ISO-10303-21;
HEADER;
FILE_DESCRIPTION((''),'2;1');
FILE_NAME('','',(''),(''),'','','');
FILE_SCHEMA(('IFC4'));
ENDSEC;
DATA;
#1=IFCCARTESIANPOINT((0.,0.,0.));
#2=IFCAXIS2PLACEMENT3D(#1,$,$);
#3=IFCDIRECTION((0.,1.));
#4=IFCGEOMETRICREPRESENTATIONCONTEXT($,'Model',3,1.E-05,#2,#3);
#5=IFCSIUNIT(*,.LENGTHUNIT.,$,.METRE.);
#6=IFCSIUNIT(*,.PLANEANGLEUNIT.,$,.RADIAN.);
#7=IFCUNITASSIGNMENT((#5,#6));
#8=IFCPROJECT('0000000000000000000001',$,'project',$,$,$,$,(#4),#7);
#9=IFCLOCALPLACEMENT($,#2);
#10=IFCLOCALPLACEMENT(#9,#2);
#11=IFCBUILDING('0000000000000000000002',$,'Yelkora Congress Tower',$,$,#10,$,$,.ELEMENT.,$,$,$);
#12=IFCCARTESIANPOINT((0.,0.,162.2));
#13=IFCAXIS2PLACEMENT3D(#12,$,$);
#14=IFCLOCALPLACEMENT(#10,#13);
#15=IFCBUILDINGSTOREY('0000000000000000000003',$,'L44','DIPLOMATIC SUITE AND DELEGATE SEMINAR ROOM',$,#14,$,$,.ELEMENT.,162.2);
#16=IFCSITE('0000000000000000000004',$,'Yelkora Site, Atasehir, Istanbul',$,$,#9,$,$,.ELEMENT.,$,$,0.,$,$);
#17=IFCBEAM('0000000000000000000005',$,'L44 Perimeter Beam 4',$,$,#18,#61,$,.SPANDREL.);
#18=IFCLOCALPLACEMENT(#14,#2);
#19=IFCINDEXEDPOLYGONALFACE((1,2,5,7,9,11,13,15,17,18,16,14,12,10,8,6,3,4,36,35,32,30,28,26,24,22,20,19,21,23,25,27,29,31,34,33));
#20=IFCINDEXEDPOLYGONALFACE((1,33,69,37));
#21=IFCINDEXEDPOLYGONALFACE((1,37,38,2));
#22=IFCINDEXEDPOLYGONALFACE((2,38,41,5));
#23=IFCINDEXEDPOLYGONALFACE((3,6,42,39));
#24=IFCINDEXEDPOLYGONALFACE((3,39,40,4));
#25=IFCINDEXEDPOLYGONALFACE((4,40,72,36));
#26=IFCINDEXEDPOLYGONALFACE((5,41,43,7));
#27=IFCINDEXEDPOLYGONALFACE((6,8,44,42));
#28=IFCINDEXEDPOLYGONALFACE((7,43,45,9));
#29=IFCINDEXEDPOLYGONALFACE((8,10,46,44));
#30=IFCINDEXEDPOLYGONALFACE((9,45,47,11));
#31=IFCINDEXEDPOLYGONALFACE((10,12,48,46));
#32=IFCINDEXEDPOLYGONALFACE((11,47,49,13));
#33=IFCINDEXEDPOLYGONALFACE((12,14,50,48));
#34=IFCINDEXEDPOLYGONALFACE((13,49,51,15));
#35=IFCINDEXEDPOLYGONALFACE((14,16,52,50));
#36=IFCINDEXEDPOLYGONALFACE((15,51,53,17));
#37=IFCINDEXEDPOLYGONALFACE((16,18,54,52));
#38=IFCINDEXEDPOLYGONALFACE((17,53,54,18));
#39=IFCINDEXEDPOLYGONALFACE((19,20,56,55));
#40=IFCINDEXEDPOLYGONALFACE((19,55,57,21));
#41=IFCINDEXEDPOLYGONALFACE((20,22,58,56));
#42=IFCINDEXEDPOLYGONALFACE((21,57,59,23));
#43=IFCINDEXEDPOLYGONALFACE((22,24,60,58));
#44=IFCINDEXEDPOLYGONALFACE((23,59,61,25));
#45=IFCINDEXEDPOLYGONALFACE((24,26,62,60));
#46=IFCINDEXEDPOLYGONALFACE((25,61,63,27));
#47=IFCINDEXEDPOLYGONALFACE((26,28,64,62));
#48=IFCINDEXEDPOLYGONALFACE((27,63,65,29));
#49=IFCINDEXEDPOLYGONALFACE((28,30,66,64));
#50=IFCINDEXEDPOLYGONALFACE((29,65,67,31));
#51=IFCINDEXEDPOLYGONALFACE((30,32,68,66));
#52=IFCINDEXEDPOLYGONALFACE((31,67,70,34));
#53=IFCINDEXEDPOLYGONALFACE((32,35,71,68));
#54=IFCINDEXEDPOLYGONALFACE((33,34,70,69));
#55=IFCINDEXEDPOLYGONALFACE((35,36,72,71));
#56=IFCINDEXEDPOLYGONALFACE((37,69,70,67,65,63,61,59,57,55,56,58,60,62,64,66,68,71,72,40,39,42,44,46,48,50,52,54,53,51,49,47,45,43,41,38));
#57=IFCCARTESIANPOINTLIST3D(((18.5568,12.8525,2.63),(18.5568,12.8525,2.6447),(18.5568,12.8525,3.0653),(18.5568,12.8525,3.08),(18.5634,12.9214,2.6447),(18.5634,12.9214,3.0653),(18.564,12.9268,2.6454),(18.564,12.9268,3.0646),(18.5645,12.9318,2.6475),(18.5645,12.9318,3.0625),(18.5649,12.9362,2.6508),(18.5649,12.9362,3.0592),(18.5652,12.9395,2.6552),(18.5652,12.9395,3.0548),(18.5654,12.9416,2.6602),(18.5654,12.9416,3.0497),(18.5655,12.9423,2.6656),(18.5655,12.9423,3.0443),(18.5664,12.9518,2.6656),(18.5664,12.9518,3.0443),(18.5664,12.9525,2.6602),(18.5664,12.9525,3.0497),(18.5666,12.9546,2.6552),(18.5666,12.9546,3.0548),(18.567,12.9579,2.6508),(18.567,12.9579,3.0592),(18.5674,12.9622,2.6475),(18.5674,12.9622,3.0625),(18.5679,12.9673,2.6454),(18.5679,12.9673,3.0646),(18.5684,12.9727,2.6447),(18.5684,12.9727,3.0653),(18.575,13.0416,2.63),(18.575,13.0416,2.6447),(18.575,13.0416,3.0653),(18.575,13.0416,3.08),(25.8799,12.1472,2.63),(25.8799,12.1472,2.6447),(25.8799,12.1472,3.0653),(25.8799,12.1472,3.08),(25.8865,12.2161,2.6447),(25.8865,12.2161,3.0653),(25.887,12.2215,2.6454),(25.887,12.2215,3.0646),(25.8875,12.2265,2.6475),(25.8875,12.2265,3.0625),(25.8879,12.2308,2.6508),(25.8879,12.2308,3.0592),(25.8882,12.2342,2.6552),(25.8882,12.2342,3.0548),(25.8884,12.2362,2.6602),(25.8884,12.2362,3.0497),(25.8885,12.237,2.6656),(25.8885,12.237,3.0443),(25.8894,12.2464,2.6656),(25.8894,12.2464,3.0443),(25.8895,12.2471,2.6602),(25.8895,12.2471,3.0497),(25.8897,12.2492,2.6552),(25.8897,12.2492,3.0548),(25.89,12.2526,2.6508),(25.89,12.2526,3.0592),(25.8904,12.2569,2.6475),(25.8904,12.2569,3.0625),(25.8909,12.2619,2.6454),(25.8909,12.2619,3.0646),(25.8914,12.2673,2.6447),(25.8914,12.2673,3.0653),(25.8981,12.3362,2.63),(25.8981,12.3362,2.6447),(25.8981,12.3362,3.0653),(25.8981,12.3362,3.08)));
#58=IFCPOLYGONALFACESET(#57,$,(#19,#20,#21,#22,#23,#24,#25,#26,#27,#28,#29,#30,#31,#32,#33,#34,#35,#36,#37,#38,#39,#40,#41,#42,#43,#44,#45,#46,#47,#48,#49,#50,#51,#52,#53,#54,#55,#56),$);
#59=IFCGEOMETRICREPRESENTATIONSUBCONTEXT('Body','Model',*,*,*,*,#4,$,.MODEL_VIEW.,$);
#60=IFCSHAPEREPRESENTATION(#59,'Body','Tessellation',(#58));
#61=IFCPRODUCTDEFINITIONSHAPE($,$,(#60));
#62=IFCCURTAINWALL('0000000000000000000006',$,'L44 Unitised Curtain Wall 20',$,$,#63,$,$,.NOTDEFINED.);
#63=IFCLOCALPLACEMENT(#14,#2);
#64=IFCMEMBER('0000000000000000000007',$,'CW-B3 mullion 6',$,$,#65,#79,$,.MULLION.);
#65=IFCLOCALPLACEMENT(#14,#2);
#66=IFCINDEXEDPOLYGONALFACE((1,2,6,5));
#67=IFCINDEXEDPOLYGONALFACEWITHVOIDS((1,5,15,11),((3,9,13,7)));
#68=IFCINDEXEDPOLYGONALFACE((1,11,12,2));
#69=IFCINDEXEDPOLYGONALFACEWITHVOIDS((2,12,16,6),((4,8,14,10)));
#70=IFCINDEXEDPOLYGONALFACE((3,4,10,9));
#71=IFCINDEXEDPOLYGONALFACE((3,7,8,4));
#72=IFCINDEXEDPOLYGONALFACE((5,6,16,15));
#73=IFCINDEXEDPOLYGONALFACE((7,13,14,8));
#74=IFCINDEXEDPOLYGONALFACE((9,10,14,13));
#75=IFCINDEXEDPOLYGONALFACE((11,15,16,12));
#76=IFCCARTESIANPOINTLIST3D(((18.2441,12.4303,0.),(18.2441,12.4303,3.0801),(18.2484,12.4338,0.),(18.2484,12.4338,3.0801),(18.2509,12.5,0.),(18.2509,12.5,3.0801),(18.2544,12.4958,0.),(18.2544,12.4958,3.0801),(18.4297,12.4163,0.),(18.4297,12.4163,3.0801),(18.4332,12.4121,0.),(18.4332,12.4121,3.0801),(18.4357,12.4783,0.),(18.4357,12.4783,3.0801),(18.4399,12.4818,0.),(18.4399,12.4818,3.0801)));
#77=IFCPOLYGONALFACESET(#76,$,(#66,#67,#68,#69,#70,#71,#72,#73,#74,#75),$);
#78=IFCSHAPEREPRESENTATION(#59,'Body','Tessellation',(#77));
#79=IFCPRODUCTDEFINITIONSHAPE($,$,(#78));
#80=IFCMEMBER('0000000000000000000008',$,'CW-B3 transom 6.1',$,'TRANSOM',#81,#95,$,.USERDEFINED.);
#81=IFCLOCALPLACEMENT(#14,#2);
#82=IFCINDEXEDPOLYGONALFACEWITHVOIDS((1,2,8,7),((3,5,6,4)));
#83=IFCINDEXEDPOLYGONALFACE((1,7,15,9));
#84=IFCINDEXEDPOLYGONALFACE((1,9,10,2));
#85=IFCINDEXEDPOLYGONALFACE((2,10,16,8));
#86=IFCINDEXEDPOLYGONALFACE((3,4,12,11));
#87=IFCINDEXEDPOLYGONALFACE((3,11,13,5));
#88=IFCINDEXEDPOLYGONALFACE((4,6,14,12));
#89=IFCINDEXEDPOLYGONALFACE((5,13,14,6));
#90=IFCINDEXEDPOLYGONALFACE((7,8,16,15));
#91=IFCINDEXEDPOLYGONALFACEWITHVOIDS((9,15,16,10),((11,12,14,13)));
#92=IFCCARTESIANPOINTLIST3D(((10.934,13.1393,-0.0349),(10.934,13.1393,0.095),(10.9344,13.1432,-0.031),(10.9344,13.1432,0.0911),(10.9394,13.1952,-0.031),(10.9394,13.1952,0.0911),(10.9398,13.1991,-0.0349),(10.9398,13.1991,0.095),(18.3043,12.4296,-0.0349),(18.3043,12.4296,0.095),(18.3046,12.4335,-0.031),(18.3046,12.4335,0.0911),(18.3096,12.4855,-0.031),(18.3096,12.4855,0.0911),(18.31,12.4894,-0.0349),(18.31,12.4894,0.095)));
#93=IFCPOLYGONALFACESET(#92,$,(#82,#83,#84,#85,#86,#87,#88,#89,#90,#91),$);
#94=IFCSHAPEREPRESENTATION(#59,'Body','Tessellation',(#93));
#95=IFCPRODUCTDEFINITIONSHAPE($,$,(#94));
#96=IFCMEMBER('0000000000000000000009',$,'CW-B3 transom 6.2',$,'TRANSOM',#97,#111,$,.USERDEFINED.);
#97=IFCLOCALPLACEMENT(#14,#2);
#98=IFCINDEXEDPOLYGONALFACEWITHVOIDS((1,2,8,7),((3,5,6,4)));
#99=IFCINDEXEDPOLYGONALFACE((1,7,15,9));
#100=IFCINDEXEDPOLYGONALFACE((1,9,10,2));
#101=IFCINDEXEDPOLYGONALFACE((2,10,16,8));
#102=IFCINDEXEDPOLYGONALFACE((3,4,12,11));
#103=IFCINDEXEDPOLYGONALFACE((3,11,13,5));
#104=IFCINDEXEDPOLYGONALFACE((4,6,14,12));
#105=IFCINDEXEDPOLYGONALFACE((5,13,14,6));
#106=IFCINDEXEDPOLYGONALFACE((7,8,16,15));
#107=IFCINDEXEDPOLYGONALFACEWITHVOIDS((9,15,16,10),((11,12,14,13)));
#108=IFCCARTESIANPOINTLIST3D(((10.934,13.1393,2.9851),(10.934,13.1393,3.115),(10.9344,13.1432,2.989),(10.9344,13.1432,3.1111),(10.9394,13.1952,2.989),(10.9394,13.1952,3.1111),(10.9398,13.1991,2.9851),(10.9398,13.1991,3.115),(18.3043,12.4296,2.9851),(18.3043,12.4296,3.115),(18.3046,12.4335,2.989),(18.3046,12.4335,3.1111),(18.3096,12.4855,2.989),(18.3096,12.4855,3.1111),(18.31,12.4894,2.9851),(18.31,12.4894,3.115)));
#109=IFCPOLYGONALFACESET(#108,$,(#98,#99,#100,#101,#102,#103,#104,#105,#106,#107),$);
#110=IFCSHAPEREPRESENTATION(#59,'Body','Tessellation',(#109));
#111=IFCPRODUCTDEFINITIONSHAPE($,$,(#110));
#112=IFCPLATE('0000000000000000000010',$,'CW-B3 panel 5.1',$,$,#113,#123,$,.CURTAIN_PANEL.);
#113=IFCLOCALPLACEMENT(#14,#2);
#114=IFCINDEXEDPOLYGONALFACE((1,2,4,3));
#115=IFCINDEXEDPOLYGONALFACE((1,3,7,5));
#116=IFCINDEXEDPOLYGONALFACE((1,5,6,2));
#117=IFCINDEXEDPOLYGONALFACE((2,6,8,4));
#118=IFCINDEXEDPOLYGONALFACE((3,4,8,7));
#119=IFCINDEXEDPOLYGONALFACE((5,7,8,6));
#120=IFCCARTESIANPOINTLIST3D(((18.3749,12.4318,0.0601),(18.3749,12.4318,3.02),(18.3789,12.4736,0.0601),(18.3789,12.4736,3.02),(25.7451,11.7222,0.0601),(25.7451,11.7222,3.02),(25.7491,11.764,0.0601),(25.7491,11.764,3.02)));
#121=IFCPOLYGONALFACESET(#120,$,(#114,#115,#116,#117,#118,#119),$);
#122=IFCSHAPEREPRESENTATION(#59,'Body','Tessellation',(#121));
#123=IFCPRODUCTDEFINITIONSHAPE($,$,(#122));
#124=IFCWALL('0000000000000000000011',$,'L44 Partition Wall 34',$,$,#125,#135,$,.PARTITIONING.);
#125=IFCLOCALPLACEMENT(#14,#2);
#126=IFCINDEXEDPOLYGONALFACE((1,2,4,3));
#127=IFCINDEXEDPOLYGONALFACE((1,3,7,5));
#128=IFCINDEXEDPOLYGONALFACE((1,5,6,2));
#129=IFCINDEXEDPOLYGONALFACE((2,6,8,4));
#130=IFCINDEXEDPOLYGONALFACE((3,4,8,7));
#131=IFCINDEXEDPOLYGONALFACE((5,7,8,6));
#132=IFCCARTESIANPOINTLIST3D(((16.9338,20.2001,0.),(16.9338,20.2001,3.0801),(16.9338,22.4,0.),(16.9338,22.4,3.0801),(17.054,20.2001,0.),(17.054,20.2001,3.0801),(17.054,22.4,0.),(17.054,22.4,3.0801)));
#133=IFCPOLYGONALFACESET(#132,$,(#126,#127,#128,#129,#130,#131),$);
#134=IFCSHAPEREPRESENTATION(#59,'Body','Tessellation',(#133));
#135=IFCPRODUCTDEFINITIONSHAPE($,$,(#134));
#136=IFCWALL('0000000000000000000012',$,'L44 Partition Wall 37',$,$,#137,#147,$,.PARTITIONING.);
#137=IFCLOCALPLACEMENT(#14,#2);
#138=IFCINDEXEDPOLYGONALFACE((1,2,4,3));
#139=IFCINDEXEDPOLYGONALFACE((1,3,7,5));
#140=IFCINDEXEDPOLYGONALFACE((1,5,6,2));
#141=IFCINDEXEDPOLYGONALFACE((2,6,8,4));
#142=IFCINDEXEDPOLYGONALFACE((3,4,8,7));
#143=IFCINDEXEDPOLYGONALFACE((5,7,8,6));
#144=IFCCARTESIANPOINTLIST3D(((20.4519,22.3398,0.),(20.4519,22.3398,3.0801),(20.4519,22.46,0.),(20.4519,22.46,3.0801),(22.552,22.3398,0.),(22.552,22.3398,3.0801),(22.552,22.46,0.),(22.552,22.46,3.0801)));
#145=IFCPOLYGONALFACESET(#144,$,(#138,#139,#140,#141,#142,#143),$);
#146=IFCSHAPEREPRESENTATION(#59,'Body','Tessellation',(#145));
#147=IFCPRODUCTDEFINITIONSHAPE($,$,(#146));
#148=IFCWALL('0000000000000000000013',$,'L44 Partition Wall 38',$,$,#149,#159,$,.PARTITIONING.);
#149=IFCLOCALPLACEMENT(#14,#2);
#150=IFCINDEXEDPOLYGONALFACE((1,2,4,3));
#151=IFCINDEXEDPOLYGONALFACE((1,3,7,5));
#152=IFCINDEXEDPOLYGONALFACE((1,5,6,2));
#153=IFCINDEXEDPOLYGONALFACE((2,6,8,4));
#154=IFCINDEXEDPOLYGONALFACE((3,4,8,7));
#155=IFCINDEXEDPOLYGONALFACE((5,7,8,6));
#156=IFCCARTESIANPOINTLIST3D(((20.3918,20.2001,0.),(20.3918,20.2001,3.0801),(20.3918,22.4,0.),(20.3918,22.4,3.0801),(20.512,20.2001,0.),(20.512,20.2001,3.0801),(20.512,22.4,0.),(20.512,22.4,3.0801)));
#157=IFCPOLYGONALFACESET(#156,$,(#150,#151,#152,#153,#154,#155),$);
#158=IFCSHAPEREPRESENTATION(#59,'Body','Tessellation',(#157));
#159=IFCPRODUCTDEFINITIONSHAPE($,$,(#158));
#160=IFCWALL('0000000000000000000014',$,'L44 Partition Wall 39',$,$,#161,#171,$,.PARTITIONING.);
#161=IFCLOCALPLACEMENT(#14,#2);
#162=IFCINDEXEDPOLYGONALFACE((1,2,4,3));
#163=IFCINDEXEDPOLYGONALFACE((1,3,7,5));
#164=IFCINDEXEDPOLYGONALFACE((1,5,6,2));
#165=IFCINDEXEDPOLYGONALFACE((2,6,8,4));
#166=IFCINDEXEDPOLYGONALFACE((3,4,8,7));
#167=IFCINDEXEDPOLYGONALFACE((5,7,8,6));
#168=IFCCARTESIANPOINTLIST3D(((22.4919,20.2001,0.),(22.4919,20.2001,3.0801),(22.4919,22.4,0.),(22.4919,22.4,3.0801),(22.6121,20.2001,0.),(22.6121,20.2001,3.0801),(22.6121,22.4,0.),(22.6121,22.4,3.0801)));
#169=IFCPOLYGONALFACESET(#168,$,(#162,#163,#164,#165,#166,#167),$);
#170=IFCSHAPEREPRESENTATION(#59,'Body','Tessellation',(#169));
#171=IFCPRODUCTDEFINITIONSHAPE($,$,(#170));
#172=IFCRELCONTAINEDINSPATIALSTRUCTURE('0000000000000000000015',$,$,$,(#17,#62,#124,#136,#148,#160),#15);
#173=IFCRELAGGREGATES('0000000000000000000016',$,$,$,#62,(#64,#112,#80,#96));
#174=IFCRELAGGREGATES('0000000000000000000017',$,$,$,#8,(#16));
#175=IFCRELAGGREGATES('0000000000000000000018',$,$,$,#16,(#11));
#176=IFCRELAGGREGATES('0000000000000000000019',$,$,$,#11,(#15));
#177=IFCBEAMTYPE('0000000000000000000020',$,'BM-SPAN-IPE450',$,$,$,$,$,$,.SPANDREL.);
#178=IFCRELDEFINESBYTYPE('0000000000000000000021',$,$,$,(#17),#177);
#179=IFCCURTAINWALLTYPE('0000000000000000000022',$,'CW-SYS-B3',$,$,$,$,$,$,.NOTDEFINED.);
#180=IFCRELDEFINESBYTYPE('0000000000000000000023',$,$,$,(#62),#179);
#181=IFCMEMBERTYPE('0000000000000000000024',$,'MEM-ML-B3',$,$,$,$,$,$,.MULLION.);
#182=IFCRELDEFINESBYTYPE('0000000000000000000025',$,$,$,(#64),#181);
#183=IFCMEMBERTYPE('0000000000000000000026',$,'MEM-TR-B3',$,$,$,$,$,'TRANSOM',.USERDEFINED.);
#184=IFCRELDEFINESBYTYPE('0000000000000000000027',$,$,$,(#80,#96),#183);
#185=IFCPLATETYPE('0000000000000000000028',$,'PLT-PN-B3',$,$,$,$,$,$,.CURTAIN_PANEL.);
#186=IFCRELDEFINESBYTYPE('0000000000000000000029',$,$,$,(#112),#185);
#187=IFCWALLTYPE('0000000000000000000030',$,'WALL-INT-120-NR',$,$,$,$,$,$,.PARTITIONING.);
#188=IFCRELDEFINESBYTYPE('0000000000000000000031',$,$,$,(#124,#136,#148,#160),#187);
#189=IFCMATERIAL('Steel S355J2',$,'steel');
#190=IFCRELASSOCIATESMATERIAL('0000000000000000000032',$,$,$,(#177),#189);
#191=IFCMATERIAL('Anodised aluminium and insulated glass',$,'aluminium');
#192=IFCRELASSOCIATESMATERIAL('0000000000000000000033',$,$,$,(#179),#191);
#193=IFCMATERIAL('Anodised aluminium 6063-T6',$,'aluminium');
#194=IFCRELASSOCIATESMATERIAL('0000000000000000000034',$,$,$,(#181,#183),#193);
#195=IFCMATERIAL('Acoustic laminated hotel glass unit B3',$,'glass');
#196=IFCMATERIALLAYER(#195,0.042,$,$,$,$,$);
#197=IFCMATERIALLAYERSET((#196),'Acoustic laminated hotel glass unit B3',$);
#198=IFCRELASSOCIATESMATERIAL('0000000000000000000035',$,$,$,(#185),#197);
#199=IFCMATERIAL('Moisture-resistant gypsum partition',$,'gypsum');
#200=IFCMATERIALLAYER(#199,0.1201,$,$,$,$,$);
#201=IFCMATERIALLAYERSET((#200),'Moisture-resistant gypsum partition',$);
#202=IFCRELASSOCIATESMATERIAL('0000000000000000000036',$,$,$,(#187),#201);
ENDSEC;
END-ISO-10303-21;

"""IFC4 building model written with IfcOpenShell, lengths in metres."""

from ifc_helpers import new_model, si_unit, direction, frame, frame_2d, origin, origin_2d, place, context, subcontext, project, spatial, rectangle, hollow_rectangle, i_section, extrude, material, layer, layer_set, material_profile, profile_set, type_object, element, aggregate, save


model = new_model("IFC4")

# Units and contexts
model_context = context("Model", 3, precision=1e-05, world=origin(), true_north=direction((0.0, 1.0)))
body_context = subcontext(model_context, "Body", "Model", "MODEL_VIEW")
ifc_project = project(units=[si_unit("LENGTHUNIT", "METRE"), si_unit("PLANEANGLEUNIT", "RADIAN")], contexts=[model_context])

# Site, building, storey
site_placement = place(None, origin())
site = spatial("IfcSite", under=ifc_project, at=site_placement, Name="Yelkora Site, Atasehir, Istanbul", CompositionType="ELEMENT", RefElevation=0.0)
building_placement = place(site_placement, origin())
building = spatial("IfcBuilding", under=site, at=building_placement, Name="Yelkora Congress Tower", CompositionType="ELEMENT")
storey_placement = place(building_placement, frame((0.0, 0.0, 162.2)))
storey = spatial("IfcBuildingStorey", under=building, at=storey_placement, Name="L44", Description="DIPLOMATIC SUITE AND DELEGATE SEMINAR ROOM", CompositionType="ELEMENT", Elevation=162.2)

# Beam
ifc_material_1 = material(Name="Steel S355J2", Category="steel")
ifc_material_profile_1 = material_profile(ifc_material_1, i_section(OverallWidth=0.1899, OverallDepth=0.45, WebThickness=0.0095, FlangeThickness=0.0146, FilletRadius=0.021, at=origin_2d()), Name="IPE 450")
ifc_profile_set_1 = profile_set([ifc_material_profile_1], Name="Steel S355J2")
beam_type_1 = type_object("IfcBeamType", Name="BM-SPAN-IPE450", PredefinedType="SPANDREL", material=ifc_profile_set_1)
beam_1_placement = place(storey_placement, frame((18.5659, 12.947, 2.855), z_axis=(0.995394, -0.095872, 0.0), x_axis=(0.095872, 0.995394, 0.0)))
element("IfcBeam", 1, at=beam_1_placement, inside=storey, type_object=beam_type_1, Name="L44 Perimeter Beam 4", PredefinedType="SPANDREL", context=body_context, shape_type="SweptSolid", body=[
    extrude(i_section(OverallWidth=0.1899, OverallDepth=0.45, WebThickness=0.0095, FlangeThickness=0.0146, FilletRadius=0.021, at=origin_2d()), origin(), (0.0, 0.0, 1.0), 7.3569),
])

# Curtain wall, members, plate
ifc_material_2 = material(Name="Anodised aluminium and insulated glass", Category="aluminium")
curtain_wall_type = type_object("IfcCurtainWallType", Name="CW-SYS-B3", PredefinedType="NOTDEFINED", material=ifc_material_2)
curtain_wall_placement = place(storey_placement, origin())
curtain_wall = element("IfcCurtainWall", 2, at=curtain_wall_placement, inside=storey, type_object=curtain_wall_type, Name="L44 Unitised Curtain Wall 20", PredefinedType="NOTDEFINED")
ifc_material_3 = material(Name="Anodised aluminium 6063-T6", Category="aluminium")
ifc_material_profile_2 = material_profile(ifc_material_3, hollow_rectangle(XDim=0.0701, YDim=0.1899, WallThickness=0.0039, at=origin_2d()), Name="ALU 70x190x4")
ifc_profile_set_2 = profile_set([ifc_material_profile_2], Name="Anodised aluminium 6063-T6")
member_type_1 = type_object("IfcMemberType", Name="MEM-ML-B3", PredefinedType="MULLION", material=ifc_profile_set_2)
member_1_placement = place(storey_placement, frame((18.342, 12.4561, 0.0), z_axis=(0.0, 0.0, 1.0), x_axis=(-0.095845, -0.995396, 0.0)))
member_1 = element("IfcMember", 3, at=member_1_placement, type_object=member_type_1, Name="CW-B3 mullion 6", PredefinedType="MULLION", context=body_context, shape_type="SweptSolid", body=[
    extrude(hollow_rectangle(XDim=0.0701, YDim=0.1899, WallThickness=0.0039, at=origin_2d()), origin(), (0.0, 0.0, 1.0), 3.0801),
])
ifc_material_profile_3 = material_profile(ifc_material_3, hollow_rectangle(XDim=0.0601, YDim=0.1299, WallThickness=0.0039, at=origin_2d()), Name="ALU 60x130x4")
ifc_profile_set_3 = profile_set([ifc_material_profile_3], Name="Anodised aluminium 6063-T6")
member_type_2 = type_object("IfcMemberType", Name="MEM-TR-B3", ElementType="TRANSOM", PredefinedType="USERDEFINED", material=ifc_profile_set_3)
member_2_placement = place(storey_placement, frame((18.3071, 12.4595, 0.03), z_axis=(-0.995395, 0.095853, 0.0), x_axis=(-0.095853, -0.995395, 0.0)))
member_2 = element("IfcMember", 4, at=member_2_placement, type_object=member_type_2, Name="CW-B3 transom 6.1", ObjectType="TRANSOM", PredefinedType="USERDEFINED", context=body_context, shape_type="SweptSolid", body=[
    extrude(hollow_rectangle(XDim=0.0601, YDim=0.1299, WallThickness=0.0039, at=origin_2d()), origin(), (0.0, 0.0, 1.0), 7.4043),
])
member_3_placement = place(storey_placement, frame((18.3071, 12.4595, 3.05), z_axis=(-0.995395, 0.095853, 0.0), x_axis=(-0.095853, -0.995395, 0.0)))
member_3 = element("IfcMember", 5, at=member_3_placement, type_object=member_type_2, Name="CW-B3 transom 6.2", ObjectType="TRANSOM", PredefinedType="USERDEFINED", context=body_context, shape_type="SweptSolid", body=[
    extrude(hollow_rectangle(XDim=0.0601, YDim=0.1299, WallThickness=0.0039, at=origin_2d()), origin(), (0.0, 0.0, 1.0), 7.4043),
])
ifc_material_4 = material(Name="Acoustic laminated hotel glass unit B3", Category="glass")
ifc_layer_1 = layer(ifc_material_4, 0.042)
ifc_layer_set_1 = layer_set([ifc_layer_1], Name="Acoustic laminated hotel glass unit B3")
plate_type = type_object("IfcPlateType", Name="PLT-PN-B3", PredefinedType="CURTAIN_PANEL", material=ifc_layer_set_1)
plate_placement = place(storey_placement, frame((22.062, 12.0979, 0.0601), z_axis=(0.0, 0.0, 1.0), x_axis=(-0.995396, 0.095845, 0.0)))
plate = element("IfcPlate", 6, at=plate_placement, type_object=plate_type, Name="CW-B3 panel 5.1", PredefinedType="CURTAIN_PANEL", context=body_context, shape_type="SweptSolid", body=[
    extrude(rectangle(XDim=7.4043, YDim=0.042, at=origin_2d()), origin(), (0.0, 0.0, 1.0), 2.96),
])
aggregate(curtain_wall, [member_1, plate, member_2, member_3])

# Walls
ifc_material_5 = material(Name="Moisture-resistant gypsum partition", Category="gypsum")
ifc_layer_2 = layer(ifc_material_5, 0.1201)
ifc_layer_set_2 = layer_set([ifc_layer_2], Name="Moisture-resistant gypsum partition")
wall_type_1 = type_object("IfcWallType", Name="WALL-INT-120-NR", PredefinedType="PARTITIONING", material=ifc_layer_set_2)
wall_1_placement = place(storey_placement, frame((16.9939, 20.2, 0.0), z_axis=(0.0, 0.0, 1.0), x_axis=(0.0, 1.0, 0.0)))
element("IfcWall", 7, at=wall_1_placement, inside=storey, type_object=wall_type_1, Name="L44 Partition Wall 34", PredefinedType="PARTITIONING", context=body_context, shape_type="SweptSolid", body=[
    extrude(rectangle(XDim=2.2, YDim=0.1201, at=frame_2d((1.1001, 0.0))), origin(), (0.0, 0.0, 1.0), 3.0801),
])
wall_2_placement = place(storey_placement, frame((20.4519, 22.3999, 0.0), z_axis=(0.0, 0.0, 1.0), x_axis=(1.0, 0.0, 0.0)))
element("IfcWall", 8, at=wall_2_placement, inside=storey, type_object=wall_type_1, Name="L44 Partition Wall 37", PredefinedType="PARTITIONING", context=body_context, shape_type="SweptSolid", body=[
    extrude(rectangle(XDim=2.1001, YDim=0.1201, at=frame_2d((1.05, 0.0))), origin(), (0.0, 0.0, 1.0), 3.0801),
])
for number, where, z_axis, x_axis, name in (
    (9, (20.4519, 20.2, 0.0), (0.0, 0.0, 1.0), (0.0, 1.0, 0.0), "L44 Partition Wall 38"),
    (10, (22.552, 20.2, 0.0), (0.0, 0.0, 1.0), (0.0, 1.0, 0.0), "L44 Partition Wall 39"),
):
    element("IfcWall", number, at=place(storey_placement, frame(where, z_axis=z_axis, x_axis=x_axis)), inside=storey, type_object=wall_type_1, Name=name, PredefinedType="PARTITIONING", context=body_context, shape_type="SweptSolid", body=[
        extrude(rectangle(XDim=2.2, YDim=0.1201, at=frame_2d((1.1001, 0.0))), origin(), (0.0, 0.0, 1.0), 3.0801),
    ])

save(model, "model.ifc")
